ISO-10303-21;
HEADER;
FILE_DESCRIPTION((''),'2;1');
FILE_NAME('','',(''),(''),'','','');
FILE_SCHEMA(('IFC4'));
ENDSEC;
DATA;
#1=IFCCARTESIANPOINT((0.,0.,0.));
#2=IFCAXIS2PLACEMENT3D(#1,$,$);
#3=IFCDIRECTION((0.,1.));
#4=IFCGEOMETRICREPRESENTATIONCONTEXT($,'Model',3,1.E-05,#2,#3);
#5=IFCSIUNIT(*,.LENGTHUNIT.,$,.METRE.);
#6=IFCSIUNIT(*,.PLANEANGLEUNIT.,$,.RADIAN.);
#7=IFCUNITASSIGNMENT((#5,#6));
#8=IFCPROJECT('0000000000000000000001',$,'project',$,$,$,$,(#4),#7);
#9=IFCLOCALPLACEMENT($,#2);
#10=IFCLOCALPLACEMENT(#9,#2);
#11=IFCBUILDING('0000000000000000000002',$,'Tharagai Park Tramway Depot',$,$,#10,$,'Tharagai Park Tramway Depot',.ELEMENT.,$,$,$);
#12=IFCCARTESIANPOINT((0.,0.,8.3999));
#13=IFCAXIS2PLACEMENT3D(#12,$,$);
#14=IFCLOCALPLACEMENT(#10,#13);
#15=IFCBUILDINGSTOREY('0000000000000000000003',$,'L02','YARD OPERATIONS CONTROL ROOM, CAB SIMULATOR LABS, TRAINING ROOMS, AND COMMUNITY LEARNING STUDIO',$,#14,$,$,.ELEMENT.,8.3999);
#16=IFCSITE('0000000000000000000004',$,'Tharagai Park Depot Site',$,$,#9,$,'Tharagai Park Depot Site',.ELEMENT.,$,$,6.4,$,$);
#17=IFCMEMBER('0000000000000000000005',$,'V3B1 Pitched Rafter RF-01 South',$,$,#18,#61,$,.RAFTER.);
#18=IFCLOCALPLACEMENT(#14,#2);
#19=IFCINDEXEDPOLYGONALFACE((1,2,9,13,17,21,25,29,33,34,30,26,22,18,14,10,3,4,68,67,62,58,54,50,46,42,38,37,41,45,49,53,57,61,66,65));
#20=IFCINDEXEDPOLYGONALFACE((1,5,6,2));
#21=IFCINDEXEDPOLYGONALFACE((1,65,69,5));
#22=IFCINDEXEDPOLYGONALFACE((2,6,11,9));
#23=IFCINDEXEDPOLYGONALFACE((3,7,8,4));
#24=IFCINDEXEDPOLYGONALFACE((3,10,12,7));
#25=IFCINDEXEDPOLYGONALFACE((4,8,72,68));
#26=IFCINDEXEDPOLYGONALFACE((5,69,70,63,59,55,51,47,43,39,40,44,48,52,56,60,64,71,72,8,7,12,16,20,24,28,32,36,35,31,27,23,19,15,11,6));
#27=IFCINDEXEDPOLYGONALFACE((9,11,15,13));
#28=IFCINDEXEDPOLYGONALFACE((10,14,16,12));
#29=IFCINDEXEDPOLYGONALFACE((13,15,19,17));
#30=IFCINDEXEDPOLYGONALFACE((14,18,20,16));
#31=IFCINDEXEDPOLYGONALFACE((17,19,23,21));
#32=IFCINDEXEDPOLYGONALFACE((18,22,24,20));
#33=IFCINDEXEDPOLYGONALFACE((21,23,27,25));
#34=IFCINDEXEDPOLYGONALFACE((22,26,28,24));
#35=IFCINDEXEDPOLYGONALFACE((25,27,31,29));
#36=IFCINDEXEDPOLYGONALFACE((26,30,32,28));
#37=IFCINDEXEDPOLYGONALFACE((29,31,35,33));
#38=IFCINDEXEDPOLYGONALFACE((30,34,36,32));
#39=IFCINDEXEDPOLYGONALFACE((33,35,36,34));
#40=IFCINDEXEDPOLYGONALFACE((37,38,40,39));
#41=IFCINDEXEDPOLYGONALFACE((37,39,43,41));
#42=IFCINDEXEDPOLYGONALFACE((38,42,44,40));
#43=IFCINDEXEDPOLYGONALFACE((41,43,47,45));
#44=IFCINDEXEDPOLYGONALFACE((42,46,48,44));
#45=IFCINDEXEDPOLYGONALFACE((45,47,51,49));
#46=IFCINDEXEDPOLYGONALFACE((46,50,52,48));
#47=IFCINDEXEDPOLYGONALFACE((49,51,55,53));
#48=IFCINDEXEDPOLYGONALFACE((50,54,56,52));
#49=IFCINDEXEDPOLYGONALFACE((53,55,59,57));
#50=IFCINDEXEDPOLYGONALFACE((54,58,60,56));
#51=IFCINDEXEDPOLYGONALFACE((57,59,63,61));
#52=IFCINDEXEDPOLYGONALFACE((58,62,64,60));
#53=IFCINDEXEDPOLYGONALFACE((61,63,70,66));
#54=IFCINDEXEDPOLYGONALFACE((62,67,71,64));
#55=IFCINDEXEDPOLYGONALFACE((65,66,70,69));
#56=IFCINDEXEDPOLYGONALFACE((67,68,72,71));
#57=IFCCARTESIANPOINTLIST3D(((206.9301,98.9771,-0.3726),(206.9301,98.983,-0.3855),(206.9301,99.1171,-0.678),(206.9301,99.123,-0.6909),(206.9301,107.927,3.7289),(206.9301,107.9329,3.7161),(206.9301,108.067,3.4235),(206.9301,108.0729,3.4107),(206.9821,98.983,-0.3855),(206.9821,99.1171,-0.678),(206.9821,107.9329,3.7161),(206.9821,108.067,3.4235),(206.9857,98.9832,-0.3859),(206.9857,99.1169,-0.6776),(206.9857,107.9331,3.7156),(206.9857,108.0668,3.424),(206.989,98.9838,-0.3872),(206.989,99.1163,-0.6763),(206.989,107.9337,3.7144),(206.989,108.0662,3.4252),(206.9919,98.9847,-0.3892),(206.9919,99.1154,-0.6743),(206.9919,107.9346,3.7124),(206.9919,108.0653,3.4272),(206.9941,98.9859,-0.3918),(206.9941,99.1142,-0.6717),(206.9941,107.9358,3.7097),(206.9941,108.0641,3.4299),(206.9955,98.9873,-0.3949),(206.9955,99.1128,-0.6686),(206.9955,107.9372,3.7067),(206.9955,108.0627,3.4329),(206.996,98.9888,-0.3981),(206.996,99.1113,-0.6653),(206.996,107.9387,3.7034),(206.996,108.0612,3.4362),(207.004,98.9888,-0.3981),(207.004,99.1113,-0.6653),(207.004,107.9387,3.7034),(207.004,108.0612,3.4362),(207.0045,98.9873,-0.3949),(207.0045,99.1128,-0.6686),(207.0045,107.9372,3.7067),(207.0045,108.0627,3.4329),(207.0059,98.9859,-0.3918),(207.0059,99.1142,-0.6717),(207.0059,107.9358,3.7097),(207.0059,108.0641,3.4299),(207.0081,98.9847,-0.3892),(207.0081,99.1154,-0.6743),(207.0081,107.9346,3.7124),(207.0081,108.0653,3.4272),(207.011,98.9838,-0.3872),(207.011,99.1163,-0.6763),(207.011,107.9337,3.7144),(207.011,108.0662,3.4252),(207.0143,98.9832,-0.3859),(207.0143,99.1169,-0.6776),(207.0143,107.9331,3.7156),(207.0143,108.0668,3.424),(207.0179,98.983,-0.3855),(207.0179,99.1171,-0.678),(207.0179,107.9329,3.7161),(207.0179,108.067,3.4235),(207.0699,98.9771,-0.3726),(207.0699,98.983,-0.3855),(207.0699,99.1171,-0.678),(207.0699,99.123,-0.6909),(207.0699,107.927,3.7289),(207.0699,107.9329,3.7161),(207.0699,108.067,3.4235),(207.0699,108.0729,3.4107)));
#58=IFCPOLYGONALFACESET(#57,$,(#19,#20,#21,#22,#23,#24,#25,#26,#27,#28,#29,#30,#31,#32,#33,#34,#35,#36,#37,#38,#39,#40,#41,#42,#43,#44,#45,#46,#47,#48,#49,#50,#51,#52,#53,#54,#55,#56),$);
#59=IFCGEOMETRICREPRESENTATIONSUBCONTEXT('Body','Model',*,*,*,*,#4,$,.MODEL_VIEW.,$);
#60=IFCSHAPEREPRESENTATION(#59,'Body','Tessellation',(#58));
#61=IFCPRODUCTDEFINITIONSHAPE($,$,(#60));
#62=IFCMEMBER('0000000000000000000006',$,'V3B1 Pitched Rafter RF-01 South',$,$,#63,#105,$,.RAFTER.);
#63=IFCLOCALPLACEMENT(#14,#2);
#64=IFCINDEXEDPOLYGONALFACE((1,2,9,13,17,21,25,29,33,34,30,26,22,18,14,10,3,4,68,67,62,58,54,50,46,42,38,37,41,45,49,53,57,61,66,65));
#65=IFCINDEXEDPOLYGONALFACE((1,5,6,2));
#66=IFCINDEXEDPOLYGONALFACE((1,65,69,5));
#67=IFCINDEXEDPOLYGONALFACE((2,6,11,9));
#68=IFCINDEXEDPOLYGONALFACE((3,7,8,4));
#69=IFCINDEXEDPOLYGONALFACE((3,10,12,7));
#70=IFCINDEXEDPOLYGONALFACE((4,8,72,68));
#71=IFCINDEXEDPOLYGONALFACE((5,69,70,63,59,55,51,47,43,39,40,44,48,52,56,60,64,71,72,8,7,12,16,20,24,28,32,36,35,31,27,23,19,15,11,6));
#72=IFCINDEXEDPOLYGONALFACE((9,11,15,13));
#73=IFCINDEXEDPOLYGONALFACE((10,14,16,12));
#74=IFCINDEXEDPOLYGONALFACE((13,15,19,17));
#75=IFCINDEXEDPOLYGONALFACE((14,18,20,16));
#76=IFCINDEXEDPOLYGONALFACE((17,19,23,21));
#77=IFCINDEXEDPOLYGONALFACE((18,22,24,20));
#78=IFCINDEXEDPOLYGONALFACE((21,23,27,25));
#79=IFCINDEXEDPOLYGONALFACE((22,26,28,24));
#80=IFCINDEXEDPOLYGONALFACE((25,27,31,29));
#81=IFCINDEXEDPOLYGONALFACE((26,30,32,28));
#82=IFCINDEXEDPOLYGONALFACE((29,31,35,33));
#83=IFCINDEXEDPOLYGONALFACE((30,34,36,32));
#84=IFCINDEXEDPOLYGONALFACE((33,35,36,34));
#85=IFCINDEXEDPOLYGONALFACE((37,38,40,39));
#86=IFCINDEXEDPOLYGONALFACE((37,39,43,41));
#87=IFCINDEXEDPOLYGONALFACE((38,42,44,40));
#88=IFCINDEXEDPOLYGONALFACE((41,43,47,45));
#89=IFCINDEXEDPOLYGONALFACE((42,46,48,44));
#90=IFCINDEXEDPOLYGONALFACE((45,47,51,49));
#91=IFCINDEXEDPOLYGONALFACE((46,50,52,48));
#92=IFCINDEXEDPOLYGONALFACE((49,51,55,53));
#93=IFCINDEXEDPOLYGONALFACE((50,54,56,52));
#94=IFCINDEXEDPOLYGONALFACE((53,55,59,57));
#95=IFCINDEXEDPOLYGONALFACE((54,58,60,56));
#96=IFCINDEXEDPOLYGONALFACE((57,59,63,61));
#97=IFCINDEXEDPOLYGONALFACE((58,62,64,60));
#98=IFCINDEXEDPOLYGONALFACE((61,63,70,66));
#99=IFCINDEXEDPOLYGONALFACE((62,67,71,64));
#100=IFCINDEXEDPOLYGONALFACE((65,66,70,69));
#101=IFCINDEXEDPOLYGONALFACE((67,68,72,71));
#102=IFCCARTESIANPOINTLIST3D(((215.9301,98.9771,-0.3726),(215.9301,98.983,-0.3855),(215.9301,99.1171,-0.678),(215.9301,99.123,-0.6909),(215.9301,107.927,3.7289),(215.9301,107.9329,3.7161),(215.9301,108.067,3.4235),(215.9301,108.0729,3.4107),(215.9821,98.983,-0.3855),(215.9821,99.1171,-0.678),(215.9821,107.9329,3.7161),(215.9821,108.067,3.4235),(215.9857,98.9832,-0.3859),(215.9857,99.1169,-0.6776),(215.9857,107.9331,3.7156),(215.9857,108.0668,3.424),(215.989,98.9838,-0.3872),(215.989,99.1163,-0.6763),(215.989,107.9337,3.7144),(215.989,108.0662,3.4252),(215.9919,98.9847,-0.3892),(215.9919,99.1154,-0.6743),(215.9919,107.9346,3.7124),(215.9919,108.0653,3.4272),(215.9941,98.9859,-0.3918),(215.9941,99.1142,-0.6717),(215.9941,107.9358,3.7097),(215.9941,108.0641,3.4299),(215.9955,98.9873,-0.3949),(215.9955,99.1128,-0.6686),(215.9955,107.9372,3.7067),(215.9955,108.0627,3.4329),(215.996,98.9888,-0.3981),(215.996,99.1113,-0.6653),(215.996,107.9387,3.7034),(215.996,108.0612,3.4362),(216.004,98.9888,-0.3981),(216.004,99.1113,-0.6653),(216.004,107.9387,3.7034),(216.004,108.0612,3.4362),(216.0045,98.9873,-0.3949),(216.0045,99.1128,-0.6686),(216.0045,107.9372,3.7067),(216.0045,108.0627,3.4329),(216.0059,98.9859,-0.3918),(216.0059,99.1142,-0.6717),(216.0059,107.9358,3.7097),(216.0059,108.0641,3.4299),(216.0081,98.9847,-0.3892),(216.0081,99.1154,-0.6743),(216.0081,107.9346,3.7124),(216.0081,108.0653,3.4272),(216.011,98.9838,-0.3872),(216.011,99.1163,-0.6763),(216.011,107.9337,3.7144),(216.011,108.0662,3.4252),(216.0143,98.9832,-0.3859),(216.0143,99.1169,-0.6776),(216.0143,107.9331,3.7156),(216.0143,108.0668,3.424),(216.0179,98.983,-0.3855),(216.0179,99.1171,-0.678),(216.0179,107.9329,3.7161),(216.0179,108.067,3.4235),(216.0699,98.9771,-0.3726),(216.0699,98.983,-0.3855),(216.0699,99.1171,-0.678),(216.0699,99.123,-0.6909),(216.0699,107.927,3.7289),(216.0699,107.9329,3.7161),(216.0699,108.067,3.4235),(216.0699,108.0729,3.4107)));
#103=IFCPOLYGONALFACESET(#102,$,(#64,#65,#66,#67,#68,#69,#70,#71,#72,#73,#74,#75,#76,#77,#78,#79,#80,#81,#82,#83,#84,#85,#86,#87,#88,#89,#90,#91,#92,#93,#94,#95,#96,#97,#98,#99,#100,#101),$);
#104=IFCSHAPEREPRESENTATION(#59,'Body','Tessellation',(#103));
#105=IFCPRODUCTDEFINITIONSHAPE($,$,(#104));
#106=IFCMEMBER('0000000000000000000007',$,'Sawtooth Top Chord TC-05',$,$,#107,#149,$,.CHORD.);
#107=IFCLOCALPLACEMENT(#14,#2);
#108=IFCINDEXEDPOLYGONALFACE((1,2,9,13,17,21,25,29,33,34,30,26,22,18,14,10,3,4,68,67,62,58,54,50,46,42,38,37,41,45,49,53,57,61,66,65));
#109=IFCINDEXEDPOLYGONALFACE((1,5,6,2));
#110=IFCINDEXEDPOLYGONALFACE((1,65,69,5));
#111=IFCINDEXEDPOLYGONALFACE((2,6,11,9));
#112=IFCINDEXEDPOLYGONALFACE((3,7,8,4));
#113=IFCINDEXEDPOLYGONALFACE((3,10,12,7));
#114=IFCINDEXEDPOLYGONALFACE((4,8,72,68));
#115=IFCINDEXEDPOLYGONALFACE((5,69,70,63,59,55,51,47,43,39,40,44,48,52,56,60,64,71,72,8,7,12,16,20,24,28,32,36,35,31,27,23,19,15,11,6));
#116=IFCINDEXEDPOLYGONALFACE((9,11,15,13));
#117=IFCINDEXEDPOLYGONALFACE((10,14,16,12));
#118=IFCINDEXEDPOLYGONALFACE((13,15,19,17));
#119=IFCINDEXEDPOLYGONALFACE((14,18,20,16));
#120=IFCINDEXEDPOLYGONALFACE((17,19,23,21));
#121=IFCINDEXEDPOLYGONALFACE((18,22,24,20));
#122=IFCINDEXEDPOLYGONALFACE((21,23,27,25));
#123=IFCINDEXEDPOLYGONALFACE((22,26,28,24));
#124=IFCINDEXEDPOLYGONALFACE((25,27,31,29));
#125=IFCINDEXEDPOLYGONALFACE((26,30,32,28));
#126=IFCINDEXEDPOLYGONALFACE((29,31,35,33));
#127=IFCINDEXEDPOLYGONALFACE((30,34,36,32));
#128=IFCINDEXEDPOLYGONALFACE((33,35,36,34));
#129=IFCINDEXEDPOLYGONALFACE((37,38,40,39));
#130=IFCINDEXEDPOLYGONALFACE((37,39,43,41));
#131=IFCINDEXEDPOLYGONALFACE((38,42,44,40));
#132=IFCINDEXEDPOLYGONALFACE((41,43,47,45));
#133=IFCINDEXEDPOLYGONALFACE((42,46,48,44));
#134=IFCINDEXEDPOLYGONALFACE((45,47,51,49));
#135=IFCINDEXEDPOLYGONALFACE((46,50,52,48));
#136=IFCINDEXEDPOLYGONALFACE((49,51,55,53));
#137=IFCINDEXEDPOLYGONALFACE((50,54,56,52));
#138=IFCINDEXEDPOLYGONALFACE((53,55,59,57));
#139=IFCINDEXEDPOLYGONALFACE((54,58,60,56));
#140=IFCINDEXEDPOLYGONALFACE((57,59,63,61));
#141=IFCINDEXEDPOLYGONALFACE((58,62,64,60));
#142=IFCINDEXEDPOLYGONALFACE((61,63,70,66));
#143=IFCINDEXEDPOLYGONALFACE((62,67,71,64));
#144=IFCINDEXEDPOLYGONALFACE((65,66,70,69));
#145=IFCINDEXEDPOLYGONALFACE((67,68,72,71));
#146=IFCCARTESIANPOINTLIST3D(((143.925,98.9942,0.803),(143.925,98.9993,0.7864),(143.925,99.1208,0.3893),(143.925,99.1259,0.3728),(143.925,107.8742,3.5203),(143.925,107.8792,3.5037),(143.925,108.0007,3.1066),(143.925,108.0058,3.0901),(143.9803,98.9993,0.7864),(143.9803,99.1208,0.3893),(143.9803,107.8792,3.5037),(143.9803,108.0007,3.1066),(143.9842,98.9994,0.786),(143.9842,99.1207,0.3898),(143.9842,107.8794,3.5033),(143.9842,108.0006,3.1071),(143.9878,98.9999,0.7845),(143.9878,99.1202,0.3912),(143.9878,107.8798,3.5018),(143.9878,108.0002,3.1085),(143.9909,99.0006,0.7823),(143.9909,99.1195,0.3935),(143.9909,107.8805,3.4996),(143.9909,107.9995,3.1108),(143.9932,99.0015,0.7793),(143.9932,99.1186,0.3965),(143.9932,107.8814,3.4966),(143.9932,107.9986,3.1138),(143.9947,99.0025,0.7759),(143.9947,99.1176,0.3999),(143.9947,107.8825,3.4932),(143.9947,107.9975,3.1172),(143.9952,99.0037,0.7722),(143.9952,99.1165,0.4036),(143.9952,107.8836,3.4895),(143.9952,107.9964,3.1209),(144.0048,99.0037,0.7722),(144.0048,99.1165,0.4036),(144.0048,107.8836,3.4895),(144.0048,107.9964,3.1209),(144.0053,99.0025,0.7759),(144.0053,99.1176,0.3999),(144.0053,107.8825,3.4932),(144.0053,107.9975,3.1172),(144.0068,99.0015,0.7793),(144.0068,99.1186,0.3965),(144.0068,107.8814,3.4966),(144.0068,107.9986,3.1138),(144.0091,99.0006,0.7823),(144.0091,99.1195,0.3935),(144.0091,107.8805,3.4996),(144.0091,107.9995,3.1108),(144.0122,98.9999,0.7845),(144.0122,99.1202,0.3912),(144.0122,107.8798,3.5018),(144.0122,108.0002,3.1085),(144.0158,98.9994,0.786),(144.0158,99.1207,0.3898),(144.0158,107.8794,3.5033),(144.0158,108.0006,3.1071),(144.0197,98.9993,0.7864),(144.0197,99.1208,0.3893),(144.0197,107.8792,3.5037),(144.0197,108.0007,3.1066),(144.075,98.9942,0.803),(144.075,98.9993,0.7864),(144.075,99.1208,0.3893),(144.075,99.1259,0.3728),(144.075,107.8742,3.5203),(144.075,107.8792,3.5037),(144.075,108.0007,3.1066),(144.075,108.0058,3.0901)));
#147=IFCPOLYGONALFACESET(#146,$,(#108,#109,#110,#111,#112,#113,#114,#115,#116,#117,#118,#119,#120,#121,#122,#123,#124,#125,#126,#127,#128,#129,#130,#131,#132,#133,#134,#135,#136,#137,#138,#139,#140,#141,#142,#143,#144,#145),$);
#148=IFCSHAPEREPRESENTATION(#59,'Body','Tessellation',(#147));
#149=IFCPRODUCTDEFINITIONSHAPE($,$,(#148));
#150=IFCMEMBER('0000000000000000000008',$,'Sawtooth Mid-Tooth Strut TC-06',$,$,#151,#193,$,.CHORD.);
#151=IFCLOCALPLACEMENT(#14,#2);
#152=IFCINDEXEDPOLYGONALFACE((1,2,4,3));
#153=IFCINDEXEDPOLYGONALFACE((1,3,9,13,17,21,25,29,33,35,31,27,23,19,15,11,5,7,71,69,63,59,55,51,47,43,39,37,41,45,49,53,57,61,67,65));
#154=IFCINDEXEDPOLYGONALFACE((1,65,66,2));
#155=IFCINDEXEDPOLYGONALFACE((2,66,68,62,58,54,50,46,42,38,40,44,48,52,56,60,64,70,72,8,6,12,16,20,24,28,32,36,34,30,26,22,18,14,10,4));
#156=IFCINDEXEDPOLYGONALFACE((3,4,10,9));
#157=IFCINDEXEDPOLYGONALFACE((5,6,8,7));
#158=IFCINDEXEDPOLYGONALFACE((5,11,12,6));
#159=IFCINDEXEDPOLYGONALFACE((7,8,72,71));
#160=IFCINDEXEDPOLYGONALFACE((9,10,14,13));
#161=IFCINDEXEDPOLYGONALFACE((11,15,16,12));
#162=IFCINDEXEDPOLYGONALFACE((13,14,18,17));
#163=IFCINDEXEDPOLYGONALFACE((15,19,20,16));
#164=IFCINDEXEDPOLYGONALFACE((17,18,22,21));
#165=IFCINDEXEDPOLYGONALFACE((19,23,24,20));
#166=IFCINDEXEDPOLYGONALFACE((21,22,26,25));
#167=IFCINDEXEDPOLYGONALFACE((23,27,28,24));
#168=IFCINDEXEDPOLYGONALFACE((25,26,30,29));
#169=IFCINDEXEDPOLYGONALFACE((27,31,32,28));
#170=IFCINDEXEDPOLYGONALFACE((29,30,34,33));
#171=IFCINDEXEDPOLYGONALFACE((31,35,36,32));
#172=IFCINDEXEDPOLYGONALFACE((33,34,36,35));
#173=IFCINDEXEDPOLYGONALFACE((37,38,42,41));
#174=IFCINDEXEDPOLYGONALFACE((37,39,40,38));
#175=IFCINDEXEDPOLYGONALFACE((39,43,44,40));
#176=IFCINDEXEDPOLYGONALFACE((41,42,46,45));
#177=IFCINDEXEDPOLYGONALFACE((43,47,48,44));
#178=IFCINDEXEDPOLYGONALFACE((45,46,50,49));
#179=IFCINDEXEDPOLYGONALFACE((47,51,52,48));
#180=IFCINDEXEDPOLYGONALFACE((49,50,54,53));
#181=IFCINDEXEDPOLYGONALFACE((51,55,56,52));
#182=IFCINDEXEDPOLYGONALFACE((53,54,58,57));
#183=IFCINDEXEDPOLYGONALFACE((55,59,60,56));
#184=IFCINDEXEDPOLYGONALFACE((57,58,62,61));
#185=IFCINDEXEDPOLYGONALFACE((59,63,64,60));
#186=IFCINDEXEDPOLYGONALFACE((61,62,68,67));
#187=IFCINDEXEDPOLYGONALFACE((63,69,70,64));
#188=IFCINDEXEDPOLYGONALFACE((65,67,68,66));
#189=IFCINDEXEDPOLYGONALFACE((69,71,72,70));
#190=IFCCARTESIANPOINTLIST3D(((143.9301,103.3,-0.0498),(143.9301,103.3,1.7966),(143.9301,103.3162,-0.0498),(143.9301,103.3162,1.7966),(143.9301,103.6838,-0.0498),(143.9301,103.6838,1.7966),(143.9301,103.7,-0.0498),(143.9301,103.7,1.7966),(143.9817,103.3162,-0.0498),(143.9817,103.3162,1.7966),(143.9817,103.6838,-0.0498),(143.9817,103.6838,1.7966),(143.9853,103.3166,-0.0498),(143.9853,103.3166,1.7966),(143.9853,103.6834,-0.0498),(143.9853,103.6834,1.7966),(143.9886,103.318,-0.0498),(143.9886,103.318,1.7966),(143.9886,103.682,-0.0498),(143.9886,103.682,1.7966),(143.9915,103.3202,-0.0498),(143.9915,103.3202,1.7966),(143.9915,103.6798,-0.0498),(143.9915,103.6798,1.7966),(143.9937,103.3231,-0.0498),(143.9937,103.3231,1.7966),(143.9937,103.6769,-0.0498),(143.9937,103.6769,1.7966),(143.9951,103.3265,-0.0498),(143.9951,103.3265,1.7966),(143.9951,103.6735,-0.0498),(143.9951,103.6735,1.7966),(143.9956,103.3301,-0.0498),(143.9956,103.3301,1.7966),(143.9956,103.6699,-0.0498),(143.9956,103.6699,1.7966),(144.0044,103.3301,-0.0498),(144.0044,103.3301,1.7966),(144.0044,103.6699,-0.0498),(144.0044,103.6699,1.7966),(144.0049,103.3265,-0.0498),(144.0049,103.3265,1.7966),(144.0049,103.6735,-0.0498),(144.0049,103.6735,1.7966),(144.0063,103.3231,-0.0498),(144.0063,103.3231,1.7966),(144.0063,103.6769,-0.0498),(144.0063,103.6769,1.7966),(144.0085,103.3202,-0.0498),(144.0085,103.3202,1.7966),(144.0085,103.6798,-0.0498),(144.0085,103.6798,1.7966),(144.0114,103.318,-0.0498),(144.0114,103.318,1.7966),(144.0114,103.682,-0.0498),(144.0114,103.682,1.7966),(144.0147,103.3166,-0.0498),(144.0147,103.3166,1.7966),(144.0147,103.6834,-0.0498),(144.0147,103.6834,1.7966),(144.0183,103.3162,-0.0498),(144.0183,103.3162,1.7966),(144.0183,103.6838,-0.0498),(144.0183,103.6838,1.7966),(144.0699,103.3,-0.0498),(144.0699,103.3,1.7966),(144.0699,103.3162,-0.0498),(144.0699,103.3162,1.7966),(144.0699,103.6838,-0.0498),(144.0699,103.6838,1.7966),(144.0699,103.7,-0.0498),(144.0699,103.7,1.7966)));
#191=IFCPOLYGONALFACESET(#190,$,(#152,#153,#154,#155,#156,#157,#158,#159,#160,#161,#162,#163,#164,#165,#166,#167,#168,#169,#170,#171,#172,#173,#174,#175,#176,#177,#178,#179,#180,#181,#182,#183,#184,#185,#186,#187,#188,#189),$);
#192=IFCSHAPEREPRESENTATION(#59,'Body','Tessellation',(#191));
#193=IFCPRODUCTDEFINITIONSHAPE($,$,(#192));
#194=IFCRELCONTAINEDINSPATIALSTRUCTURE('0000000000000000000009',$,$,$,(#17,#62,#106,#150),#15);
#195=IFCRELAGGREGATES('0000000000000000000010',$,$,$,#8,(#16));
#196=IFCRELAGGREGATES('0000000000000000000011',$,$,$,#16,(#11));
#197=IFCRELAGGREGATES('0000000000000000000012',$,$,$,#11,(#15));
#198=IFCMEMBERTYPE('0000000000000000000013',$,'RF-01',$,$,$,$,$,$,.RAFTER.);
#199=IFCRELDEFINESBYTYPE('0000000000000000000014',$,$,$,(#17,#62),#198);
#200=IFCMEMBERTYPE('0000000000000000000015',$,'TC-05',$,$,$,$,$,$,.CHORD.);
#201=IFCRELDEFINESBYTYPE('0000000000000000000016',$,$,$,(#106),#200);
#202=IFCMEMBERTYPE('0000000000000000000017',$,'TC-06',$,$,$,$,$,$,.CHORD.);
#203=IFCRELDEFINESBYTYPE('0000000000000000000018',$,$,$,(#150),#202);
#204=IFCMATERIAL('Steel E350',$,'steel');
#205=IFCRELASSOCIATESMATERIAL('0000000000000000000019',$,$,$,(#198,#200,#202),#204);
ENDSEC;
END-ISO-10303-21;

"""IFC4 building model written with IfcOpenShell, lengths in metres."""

from ifc_helpers import new_model, si_unit, direction, frame, origin, origin_2d, place, context, subcontext, project, spatial, i_section, extrude, material, material_profile, profile_set, type_object, element, save


model = new_model("IFC4")

# Units and contexts
model_context = context("Model", 3, precision=1e-05, world=origin(), true_north=direction((0.0, 1.0)))
body_context = subcontext(model_context, "Body", "Model", "MODEL_VIEW")
ifc_project = project(units=[si_unit("LENGTHUNIT", "METRE"), si_unit("PLANEANGLEUNIT", "RADIAN")], contexts=[model_context])

# Site, building, storey
site_placement = place(None, origin())
site = spatial("IfcSite", under=ifc_project, at=site_placement, Name="Tharagai Park Depot Site", LongName="Tharagai Park Depot Site", CompositionType="ELEMENT", RefElevation=6.4)
building_placement = place(site_placement, origin())
building = spatial("IfcBuilding", under=site, at=building_placement, Name="Tharagai Park Tramway Depot", LongName="Tharagai Park Tramway Depot", CompositionType="ELEMENT")
storey_placement = place(building_placement, frame((0.0, 0.0, 8.3999)))
storey = spatial("IfcBuildingStorey", under=building, at=storey_placement, Name="L02", Description="YARD OPERATIONS CONTROL ROOM, CAB SIMULATOR LABS, TRAINING ROOMS, AND COMMUNITY LEARNING STUDIO", CompositionType="ELEMENT", Elevation=8.3999)

# Shared definitions
ifc_material_1 = material(Name="Steel E350", Category="steel")

# Members
ifc_material_profile_1 = material_profile(ifc_material_1, i_section(OverallWidth=0.1399, OverallDepth=0.3501, WebThickness=0.0081, FlangeThickness=0.0142, FilletRadius=0.0139, at=origin_2d()), Name="ISMB 350")
ifc_profile_set_1 = profile_set([ifc_material_profile_1], Name="Steel E350")
member_type_1 = type_object("IfcMemberType", Name="RF-01", PredefinedType="RAFTER", material=ifc_profile_set_1)
for number, where, z_axis, x_axis, name in (
    (1, (207.0, 99.05, -0.5317), (0.0, 0.909084, 0.416613), (-1.0, 0.0, 0.0), "V3B1 Pitched Rafter RF-01 South"),
    (2, (216.0, 99.05, -0.5317), (0.0, 0.909084, 0.416613), (-1.0, 0.0, 0.0), "V3B1 Pitched Rafter RF-01 South"),
):
    element("IfcMember", number, at=place(storey_placement, frame(where, z_axis=z_axis, x_axis=x_axis)), inside=storey, type_object=member_type_1, Name=name, PredefinedType="RAFTER", context=body_context, shape_type="SweptSolid", body=[
        extrude(i_section(OverallWidth=0.1399, OverallDepth=0.3501, WebThickness=0.0081, FlangeThickness=0.0142, FilletRadius=0.0139, at=origin_2d()), origin(), (0.0, 0.0, 1.0), 9.845),
    ])
ifc_material_profile_2 = material_profile(ifc_material_1, i_section(OverallWidth=0.1499, OverallDepth=0.45, WebThickness=0.0095, FlangeThickness=0.0173, FilletRadius=0.0149, at=origin_2d()), Name="ISMB 450")
ifc_profile_set_2 = profile_set([ifc_material_profile_2], Name="Steel E350")
member_type_2 = type_object("IfcMemberType", Name="TC-05", PredefinedType="CHORD", material=ifc_profile_set_2)
member_1_placement = place(storey_placement, frame((144.0, 99.0601, 0.5879), z_axis=(0.0, 0.956231, 0.292611), x_axis=(-1.0, 0.0, 0.0)))
element("IfcMember", 3, at=member_1_placement, inside=storey, type_object=member_type_2, Name="Sawtooth Top Chord TC-05", PredefinedType="CHORD", context=body_context, shape_type="SweptSolid", body=[
    extrude(i_section(OverallWidth=0.1499, OverallDepth=0.45, WebThickness=0.0095, FlangeThickness=0.0173, FilletRadius=0.0149, at=origin_2d()), origin(), (0.0, 0.0, 1.0), 9.2864),
])
ifc_material_profile_3 = material_profile(ifc_material_1, i_section(OverallWidth=0.1399, OverallDepth=0.3999, WebThickness=0.0088, FlangeThickness=0.0161, FilletRadius=0.0139, at=origin_2d()), Name="ISMB 400")
ifc_profile_set_3 = profile_set([ifc_material_profile_3], Name="Steel E350")
member_type_3 = type_object("IfcMemberType", Name="TC-06", PredefinedType="CHORD", material=ifc_profile_set_3)
member_2_placement = place(storey_placement, frame((144.0, 103.5, -0.0498), z_axis=(0.0, 0.0, 1.0), x_axis=(1.0, 0.0, 0.0)))
element("IfcMember", 4, at=member_2_placement, inside=storey, type_object=member_type_3, Name="Sawtooth Mid-Tooth Strut TC-06", PredefinedType="CHORD", context=body_context, shape_type="SweptSolid", body=[
    extrude(i_section(OverallWidth=0.1399, OverallDepth=0.3999, WebThickness=0.0088, FlangeThickness=0.0161, FilletRadius=0.0139, at=origin_2d()), origin(), (0.0, 0.0, 1.0), 1.8464),
])

save(model, "model.ifc")
